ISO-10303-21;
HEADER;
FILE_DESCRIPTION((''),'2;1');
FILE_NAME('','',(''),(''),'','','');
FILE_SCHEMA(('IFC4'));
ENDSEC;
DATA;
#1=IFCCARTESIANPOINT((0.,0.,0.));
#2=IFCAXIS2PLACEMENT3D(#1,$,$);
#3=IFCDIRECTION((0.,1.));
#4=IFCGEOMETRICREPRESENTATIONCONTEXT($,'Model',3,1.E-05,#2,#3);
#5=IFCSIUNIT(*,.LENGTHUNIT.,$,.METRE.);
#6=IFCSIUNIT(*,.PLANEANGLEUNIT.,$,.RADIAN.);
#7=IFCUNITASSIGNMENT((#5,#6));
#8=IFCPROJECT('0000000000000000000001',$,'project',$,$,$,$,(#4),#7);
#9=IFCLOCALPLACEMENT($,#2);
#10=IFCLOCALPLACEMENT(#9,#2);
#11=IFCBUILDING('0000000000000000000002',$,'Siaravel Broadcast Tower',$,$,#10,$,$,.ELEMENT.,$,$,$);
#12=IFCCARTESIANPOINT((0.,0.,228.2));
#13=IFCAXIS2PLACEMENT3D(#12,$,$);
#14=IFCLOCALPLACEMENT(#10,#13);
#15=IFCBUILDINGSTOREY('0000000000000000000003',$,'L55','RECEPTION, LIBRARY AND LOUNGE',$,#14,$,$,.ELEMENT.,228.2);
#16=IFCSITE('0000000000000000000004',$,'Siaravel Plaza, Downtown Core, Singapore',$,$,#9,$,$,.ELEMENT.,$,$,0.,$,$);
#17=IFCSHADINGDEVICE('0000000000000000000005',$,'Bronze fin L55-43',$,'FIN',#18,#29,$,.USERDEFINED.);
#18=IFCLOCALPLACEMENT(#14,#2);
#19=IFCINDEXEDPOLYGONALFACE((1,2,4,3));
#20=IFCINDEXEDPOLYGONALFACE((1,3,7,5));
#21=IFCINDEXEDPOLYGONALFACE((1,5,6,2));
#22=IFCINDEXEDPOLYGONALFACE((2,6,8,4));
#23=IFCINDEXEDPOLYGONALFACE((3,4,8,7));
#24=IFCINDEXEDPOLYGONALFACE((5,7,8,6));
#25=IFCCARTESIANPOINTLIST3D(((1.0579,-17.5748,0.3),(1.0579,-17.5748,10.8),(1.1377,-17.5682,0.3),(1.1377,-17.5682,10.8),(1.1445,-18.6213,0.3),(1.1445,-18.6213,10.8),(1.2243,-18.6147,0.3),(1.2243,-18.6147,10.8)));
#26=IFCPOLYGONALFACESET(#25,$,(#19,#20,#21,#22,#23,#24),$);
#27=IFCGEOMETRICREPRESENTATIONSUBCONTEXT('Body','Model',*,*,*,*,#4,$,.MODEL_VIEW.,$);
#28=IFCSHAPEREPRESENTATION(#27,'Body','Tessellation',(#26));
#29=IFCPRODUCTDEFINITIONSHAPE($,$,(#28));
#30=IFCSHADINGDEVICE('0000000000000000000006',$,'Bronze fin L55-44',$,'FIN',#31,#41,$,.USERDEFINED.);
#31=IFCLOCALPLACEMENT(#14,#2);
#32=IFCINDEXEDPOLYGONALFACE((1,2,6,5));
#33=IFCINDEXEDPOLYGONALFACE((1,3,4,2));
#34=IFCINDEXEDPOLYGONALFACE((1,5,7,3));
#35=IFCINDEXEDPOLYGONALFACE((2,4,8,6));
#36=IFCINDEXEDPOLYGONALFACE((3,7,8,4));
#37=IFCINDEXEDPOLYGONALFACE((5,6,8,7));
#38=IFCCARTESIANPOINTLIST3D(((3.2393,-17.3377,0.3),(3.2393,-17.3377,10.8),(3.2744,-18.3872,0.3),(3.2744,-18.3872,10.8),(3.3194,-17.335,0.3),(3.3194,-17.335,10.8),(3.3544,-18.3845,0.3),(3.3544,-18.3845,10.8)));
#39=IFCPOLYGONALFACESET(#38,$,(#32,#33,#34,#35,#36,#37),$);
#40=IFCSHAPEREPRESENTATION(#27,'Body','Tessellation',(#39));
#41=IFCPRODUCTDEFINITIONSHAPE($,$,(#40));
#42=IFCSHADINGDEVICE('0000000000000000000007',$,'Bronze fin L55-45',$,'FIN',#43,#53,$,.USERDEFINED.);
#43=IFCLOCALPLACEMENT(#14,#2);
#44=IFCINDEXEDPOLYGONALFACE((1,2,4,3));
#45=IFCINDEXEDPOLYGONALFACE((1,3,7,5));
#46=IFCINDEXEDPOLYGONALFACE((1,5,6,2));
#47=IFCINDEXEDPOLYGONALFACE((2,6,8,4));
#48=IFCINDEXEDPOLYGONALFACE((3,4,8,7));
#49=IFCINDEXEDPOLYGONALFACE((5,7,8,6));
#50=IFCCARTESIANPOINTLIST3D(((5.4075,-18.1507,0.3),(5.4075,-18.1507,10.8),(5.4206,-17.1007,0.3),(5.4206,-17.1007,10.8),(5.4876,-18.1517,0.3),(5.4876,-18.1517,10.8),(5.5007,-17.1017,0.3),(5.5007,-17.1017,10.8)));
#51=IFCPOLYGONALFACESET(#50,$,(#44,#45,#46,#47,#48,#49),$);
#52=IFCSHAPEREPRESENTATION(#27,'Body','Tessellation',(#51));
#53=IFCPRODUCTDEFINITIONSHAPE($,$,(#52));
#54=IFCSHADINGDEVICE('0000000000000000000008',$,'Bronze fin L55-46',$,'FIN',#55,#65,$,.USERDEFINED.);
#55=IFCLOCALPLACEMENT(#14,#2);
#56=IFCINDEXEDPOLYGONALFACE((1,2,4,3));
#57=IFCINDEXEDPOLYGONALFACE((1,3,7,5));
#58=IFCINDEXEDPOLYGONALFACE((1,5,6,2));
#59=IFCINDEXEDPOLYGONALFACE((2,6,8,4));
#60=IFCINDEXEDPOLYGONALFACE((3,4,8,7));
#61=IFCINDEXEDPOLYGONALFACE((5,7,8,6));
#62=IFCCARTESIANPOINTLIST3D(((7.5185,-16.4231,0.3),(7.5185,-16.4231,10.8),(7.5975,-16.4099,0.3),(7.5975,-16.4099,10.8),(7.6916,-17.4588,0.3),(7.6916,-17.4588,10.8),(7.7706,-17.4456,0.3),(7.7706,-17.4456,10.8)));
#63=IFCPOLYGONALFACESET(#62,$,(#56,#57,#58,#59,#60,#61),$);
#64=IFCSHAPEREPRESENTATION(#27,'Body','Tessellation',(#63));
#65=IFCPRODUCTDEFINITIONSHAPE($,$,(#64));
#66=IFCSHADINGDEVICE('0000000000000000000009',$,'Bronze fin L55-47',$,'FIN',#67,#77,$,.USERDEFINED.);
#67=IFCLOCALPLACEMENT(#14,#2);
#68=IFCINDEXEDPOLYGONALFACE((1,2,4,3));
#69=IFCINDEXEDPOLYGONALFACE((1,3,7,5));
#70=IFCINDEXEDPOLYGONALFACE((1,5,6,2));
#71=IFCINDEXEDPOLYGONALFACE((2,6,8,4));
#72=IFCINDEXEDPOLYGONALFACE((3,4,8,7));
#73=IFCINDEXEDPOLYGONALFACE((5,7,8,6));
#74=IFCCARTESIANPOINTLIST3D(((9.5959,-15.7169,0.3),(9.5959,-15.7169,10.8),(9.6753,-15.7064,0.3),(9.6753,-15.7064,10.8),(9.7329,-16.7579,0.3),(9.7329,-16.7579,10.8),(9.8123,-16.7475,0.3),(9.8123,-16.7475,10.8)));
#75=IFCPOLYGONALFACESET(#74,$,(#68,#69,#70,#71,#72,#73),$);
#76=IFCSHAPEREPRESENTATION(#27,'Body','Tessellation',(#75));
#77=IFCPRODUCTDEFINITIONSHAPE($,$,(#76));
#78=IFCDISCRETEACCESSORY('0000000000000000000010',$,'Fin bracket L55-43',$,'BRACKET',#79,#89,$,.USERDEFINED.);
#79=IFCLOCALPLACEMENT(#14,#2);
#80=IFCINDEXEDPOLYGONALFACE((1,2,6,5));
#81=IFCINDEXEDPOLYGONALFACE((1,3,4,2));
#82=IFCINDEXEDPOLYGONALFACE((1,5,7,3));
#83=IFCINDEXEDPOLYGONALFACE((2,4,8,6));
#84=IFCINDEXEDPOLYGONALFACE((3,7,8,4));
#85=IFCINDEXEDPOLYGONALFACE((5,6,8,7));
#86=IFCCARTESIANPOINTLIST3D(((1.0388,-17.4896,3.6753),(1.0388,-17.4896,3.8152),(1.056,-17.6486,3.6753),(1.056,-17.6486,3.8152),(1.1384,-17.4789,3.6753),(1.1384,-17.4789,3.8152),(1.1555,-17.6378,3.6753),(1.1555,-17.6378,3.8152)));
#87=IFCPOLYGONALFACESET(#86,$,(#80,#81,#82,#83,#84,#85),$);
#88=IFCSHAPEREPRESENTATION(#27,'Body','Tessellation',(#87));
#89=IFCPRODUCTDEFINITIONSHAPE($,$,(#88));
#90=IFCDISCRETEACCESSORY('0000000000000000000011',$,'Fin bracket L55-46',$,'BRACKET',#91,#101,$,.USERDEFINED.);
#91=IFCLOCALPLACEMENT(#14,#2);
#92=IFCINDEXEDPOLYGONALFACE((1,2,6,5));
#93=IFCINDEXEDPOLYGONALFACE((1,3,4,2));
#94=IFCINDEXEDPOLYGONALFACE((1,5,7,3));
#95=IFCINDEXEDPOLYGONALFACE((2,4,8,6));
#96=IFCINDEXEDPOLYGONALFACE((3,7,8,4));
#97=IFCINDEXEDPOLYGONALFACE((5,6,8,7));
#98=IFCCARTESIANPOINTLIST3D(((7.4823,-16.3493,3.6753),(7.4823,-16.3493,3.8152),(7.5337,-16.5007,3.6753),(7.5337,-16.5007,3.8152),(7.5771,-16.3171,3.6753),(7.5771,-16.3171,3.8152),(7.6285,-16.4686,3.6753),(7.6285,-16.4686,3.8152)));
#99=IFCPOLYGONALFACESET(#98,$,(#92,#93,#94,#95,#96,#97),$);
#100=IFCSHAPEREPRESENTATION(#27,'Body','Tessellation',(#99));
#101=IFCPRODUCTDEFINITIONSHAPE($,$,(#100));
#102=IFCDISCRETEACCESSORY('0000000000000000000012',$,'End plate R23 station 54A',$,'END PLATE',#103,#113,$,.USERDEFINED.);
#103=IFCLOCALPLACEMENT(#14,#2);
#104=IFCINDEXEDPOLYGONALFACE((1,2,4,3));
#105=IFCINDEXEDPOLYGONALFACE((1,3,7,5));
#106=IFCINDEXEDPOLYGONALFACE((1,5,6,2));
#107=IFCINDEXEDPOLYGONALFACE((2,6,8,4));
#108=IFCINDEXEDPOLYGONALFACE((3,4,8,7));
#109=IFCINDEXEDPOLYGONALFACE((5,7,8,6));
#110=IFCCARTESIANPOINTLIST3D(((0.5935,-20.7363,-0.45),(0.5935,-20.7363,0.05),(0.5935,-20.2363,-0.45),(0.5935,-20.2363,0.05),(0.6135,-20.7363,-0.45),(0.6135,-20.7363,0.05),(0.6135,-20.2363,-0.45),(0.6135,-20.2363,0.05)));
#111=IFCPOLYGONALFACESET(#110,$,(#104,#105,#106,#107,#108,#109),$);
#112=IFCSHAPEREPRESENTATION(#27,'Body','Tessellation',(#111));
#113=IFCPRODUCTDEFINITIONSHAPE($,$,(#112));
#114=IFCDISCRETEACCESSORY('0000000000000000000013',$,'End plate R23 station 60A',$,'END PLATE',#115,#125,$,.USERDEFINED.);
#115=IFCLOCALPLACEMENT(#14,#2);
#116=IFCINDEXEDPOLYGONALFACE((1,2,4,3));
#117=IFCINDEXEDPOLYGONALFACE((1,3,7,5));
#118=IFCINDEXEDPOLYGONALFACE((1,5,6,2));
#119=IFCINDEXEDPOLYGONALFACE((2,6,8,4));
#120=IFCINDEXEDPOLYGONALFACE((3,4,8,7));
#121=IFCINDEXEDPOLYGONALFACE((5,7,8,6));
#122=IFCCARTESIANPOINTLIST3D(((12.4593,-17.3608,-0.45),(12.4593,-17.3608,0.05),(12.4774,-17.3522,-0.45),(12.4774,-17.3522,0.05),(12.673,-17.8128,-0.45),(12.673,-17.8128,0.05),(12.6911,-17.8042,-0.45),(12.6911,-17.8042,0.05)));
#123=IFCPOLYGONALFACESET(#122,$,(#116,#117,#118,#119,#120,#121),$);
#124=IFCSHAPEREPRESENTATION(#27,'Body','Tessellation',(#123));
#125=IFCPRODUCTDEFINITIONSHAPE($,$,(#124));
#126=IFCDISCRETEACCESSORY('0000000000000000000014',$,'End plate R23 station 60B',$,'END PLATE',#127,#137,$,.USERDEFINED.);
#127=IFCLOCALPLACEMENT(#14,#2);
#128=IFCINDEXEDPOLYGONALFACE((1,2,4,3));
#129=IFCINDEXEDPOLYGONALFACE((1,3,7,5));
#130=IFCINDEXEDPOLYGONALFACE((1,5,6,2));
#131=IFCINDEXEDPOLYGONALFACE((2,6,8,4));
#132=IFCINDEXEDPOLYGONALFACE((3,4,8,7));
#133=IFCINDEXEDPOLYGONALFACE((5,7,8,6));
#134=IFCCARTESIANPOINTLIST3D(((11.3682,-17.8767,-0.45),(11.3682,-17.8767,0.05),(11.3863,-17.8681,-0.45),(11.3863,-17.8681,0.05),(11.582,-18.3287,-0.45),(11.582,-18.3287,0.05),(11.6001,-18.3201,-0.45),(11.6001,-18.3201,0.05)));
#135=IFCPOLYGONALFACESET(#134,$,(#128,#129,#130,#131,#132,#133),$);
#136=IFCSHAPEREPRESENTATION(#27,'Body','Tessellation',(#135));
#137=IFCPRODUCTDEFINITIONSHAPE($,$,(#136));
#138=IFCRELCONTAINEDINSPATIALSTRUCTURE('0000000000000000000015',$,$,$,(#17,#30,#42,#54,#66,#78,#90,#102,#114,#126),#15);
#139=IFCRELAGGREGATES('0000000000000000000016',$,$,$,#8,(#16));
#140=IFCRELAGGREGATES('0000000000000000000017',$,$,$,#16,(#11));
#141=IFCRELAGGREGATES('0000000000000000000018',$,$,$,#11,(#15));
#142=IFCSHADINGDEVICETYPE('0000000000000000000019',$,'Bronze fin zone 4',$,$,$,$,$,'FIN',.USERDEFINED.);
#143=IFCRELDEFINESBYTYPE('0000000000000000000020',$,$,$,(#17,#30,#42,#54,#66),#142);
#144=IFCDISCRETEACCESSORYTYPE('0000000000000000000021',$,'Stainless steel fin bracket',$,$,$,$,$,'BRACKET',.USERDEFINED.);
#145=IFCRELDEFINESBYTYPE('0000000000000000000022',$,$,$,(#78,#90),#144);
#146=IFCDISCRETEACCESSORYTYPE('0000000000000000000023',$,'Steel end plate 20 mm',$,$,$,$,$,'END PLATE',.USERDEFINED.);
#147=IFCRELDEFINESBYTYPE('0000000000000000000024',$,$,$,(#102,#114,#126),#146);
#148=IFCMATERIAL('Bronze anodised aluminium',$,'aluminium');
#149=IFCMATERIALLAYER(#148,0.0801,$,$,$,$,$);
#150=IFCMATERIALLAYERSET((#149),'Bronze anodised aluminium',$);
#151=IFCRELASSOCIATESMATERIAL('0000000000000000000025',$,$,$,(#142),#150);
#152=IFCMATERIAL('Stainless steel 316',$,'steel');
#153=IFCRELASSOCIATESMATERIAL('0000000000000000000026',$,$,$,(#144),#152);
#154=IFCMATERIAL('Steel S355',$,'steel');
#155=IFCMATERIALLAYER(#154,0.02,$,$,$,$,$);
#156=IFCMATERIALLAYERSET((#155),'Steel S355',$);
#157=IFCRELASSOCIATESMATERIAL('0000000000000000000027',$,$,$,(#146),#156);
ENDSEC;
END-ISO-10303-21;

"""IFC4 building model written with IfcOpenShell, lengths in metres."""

from ifc_helpers import new_model, si_unit, direction, frame, origin, origin_2d, place, context, subcontext, project, spatial, rectangle, extrude, material, layer, layer_set, type_object, element, save


model = new_model("IFC4")

# Units and contexts
model_context = context("Model", 3, precision=1e-05, world=origin(), true_north=direction((0.0, 1.0)))
body_context = subcontext(model_context, "Body", "Model", "MODEL_VIEW")
ifc_project = project(units=[si_unit("LENGTHUNIT", "METRE"), si_unit("PLANEANGLEUNIT", "RADIAN")], contexts=[model_context])

# Site, building, storey
site_placement = place(None, origin())
site = spatial("IfcSite", under=ifc_project, at=site_placement, Name="Siaravel Plaza, Downtown Core, Singapore", CompositionType="ELEMENT", RefElevation=0.0)
building_placement = place(site_placement, origin())
building = spatial("IfcBuilding", under=site, at=building_placement, Name="Siaravel Broadcast Tower", CompositionType="ELEMENT")
storey_placement = place(building_placement, frame((0.0, 0.0, 228.2)))
storey = spatial("IfcBuildingStorey", under=building, at=storey_placement, Name="L55", Description="RECEPTION, LIBRARY AND LOUNGE", CompositionType="ELEMENT", Elevation=228.2)

# Shared definitions
ifc_material_1 = material(Name="Steel S355", Category="steel")

# Shading devices
ifc_material_2 = material(Name="Bronze anodised aluminium", Category="aluminium")
ifc_layer_1 = layer(ifc_material_2, 0.0801)
ifc_layer_set_1 = layer_set([ifc_layer_1], Name="Bronze anodised aluminium")
shading_device_type = type_object("IfcShadingDeviceType", Name="Bronze fin zone 4", ElementType="FIN", PredefinedType="USERDEFINED", material=ifc_layer_set_1)
for number, where, z_axis, x_axis, name in (
    (1, (1.1411, -18.0947, 0.3), (0.0, 0.0, 1.0), (0.082453, -0.996595, 0.0), "Bronze fin L55-43"),
    (2, (3.2969, -17.8611, 0.3), (0.0, 0.0, 1.0), (0.033358, -0.999443, 0.0), "Bronze fin L55-44"),
    (3, (5.4541, -17.6262, 0.3), (0.0, 0.0, 1.0), (-0.012484, -0.999922, 0.0), "Bronze fin L55-45"),
    (4, (7.6445, -16.9343, 0.3), (0.0, 0.0, 1.0), (0.164877, -0.986314, 0.0), "Bronze fin L55-46"),
    (5, (9.7041, -16.2322, 0.3), (0.0, 0.0, 1.0), (0.13049, -0.99145, 0.0), "Bronze fin L55-47"),
):
    element("IfcShadingDevice", number, at=place(storey_placement, frame(where, z_axis=z_axis, x_axis=x_axis)), inside=storey, type_object=shading_device_type, Name=name, ObjectType="FIN", PredefinedType="USERDEFINED", context=body_context, shape_type="SweptSolid", body=[
        extrude(rectangle(XDim=1.05, YDim=0.0801, at=origin_2d()), origin(), (0.0, 0.0, 1.0), 10.5),
    ])

# Discrete accessories
ifc_material_3 = material(Name="Stainless steel 316", Category="steel")
discrete_accessory_type_1 = type_object("IfcDiscreteAccessoryType", Name="Stainless steel fin bracket", ElementType="BRACKET", PredefinedType="USERDEFINED", material=ifc_material_3)
for number, where, z_axis, x_axis, name in (
    (6, (1.0972, -17.5637, 3.6753), (0.0, 0.0, 1.0), (0.107219, -0.994235, 0.0), "Fin bracket L55-43"),
    (7, (7.5554, -16.4089, 3.6753), (0.0, 0.0, 1.0), (0.321301, -0.946977, 0.0), "Fin bracket L55-46"),
):
    element("IfcDiscreteAccessory", number, at=place(storey_placement, frame(where, z_axis=z_axis, x_axis=x_axis)), inside=storey, type_object=discrete_accessory_type_1, Name=name, ObjectType="BRACKET", PredefinedType="USERDEFINED", context=body_context, shape_type="SweptSolid", body=[
        extrude(rectangle(XDim=0.1599, YDim=0.1001, at=origin_2d()), origin(), (0.0, 0.0, 1.0), 0.1399),
    ])
ifc_layer_2 = layer(ifc_material_1, 0.02)
ifc_layer_set_2 = layer_set([ifc_layer_2], Name="Steel S355")
discrete_accessory_type_2 = type_object("IfcDiscreteAccessoryType", Name="Steel end plate 20 mm", ElementType="END PLATE", PredefinedType="USERDEFINED", material=ifc_layer_set_2)
for number, where, z_axis, x_axis, name in (
    (8, (0.6035, -20.4863, -0.45), (0.0, 0.0, 1.0), (1.0, 0.0, 0.0), "End plate R23 station 54A"),
    (9, (12.5752, -17.5825, -0.45), (0.0, 0.0, 1.0), (0.904006, 0.427519, 0.0), "End plate R23 station 60A"),
    (10, (11.4841, -18.0984, -0.45), (0.0, 0.0, 1.0), (0.904006, 0.427519, 0.0), "End plate R23 station 60B"),
):
    element("IfcDiscreteAccessory", number, at=place(storey_placement, frame(where, z_axis=z_axis, x_axis=x_axis)), inside=storey, type_object=discrete_accessory_type_2, Name=name, ObjectType="END PLATE", PredefinedType="USERDEFINED", context=body_context, shape_type="SweptSolid", body=[
        extrude(rectangle(XDim=0.02, YDim=0.5, at=origin_2d()), origin(), (0.0, 0.0, 1.0), 0.5),
    ])

save(model, "model.ifc")
